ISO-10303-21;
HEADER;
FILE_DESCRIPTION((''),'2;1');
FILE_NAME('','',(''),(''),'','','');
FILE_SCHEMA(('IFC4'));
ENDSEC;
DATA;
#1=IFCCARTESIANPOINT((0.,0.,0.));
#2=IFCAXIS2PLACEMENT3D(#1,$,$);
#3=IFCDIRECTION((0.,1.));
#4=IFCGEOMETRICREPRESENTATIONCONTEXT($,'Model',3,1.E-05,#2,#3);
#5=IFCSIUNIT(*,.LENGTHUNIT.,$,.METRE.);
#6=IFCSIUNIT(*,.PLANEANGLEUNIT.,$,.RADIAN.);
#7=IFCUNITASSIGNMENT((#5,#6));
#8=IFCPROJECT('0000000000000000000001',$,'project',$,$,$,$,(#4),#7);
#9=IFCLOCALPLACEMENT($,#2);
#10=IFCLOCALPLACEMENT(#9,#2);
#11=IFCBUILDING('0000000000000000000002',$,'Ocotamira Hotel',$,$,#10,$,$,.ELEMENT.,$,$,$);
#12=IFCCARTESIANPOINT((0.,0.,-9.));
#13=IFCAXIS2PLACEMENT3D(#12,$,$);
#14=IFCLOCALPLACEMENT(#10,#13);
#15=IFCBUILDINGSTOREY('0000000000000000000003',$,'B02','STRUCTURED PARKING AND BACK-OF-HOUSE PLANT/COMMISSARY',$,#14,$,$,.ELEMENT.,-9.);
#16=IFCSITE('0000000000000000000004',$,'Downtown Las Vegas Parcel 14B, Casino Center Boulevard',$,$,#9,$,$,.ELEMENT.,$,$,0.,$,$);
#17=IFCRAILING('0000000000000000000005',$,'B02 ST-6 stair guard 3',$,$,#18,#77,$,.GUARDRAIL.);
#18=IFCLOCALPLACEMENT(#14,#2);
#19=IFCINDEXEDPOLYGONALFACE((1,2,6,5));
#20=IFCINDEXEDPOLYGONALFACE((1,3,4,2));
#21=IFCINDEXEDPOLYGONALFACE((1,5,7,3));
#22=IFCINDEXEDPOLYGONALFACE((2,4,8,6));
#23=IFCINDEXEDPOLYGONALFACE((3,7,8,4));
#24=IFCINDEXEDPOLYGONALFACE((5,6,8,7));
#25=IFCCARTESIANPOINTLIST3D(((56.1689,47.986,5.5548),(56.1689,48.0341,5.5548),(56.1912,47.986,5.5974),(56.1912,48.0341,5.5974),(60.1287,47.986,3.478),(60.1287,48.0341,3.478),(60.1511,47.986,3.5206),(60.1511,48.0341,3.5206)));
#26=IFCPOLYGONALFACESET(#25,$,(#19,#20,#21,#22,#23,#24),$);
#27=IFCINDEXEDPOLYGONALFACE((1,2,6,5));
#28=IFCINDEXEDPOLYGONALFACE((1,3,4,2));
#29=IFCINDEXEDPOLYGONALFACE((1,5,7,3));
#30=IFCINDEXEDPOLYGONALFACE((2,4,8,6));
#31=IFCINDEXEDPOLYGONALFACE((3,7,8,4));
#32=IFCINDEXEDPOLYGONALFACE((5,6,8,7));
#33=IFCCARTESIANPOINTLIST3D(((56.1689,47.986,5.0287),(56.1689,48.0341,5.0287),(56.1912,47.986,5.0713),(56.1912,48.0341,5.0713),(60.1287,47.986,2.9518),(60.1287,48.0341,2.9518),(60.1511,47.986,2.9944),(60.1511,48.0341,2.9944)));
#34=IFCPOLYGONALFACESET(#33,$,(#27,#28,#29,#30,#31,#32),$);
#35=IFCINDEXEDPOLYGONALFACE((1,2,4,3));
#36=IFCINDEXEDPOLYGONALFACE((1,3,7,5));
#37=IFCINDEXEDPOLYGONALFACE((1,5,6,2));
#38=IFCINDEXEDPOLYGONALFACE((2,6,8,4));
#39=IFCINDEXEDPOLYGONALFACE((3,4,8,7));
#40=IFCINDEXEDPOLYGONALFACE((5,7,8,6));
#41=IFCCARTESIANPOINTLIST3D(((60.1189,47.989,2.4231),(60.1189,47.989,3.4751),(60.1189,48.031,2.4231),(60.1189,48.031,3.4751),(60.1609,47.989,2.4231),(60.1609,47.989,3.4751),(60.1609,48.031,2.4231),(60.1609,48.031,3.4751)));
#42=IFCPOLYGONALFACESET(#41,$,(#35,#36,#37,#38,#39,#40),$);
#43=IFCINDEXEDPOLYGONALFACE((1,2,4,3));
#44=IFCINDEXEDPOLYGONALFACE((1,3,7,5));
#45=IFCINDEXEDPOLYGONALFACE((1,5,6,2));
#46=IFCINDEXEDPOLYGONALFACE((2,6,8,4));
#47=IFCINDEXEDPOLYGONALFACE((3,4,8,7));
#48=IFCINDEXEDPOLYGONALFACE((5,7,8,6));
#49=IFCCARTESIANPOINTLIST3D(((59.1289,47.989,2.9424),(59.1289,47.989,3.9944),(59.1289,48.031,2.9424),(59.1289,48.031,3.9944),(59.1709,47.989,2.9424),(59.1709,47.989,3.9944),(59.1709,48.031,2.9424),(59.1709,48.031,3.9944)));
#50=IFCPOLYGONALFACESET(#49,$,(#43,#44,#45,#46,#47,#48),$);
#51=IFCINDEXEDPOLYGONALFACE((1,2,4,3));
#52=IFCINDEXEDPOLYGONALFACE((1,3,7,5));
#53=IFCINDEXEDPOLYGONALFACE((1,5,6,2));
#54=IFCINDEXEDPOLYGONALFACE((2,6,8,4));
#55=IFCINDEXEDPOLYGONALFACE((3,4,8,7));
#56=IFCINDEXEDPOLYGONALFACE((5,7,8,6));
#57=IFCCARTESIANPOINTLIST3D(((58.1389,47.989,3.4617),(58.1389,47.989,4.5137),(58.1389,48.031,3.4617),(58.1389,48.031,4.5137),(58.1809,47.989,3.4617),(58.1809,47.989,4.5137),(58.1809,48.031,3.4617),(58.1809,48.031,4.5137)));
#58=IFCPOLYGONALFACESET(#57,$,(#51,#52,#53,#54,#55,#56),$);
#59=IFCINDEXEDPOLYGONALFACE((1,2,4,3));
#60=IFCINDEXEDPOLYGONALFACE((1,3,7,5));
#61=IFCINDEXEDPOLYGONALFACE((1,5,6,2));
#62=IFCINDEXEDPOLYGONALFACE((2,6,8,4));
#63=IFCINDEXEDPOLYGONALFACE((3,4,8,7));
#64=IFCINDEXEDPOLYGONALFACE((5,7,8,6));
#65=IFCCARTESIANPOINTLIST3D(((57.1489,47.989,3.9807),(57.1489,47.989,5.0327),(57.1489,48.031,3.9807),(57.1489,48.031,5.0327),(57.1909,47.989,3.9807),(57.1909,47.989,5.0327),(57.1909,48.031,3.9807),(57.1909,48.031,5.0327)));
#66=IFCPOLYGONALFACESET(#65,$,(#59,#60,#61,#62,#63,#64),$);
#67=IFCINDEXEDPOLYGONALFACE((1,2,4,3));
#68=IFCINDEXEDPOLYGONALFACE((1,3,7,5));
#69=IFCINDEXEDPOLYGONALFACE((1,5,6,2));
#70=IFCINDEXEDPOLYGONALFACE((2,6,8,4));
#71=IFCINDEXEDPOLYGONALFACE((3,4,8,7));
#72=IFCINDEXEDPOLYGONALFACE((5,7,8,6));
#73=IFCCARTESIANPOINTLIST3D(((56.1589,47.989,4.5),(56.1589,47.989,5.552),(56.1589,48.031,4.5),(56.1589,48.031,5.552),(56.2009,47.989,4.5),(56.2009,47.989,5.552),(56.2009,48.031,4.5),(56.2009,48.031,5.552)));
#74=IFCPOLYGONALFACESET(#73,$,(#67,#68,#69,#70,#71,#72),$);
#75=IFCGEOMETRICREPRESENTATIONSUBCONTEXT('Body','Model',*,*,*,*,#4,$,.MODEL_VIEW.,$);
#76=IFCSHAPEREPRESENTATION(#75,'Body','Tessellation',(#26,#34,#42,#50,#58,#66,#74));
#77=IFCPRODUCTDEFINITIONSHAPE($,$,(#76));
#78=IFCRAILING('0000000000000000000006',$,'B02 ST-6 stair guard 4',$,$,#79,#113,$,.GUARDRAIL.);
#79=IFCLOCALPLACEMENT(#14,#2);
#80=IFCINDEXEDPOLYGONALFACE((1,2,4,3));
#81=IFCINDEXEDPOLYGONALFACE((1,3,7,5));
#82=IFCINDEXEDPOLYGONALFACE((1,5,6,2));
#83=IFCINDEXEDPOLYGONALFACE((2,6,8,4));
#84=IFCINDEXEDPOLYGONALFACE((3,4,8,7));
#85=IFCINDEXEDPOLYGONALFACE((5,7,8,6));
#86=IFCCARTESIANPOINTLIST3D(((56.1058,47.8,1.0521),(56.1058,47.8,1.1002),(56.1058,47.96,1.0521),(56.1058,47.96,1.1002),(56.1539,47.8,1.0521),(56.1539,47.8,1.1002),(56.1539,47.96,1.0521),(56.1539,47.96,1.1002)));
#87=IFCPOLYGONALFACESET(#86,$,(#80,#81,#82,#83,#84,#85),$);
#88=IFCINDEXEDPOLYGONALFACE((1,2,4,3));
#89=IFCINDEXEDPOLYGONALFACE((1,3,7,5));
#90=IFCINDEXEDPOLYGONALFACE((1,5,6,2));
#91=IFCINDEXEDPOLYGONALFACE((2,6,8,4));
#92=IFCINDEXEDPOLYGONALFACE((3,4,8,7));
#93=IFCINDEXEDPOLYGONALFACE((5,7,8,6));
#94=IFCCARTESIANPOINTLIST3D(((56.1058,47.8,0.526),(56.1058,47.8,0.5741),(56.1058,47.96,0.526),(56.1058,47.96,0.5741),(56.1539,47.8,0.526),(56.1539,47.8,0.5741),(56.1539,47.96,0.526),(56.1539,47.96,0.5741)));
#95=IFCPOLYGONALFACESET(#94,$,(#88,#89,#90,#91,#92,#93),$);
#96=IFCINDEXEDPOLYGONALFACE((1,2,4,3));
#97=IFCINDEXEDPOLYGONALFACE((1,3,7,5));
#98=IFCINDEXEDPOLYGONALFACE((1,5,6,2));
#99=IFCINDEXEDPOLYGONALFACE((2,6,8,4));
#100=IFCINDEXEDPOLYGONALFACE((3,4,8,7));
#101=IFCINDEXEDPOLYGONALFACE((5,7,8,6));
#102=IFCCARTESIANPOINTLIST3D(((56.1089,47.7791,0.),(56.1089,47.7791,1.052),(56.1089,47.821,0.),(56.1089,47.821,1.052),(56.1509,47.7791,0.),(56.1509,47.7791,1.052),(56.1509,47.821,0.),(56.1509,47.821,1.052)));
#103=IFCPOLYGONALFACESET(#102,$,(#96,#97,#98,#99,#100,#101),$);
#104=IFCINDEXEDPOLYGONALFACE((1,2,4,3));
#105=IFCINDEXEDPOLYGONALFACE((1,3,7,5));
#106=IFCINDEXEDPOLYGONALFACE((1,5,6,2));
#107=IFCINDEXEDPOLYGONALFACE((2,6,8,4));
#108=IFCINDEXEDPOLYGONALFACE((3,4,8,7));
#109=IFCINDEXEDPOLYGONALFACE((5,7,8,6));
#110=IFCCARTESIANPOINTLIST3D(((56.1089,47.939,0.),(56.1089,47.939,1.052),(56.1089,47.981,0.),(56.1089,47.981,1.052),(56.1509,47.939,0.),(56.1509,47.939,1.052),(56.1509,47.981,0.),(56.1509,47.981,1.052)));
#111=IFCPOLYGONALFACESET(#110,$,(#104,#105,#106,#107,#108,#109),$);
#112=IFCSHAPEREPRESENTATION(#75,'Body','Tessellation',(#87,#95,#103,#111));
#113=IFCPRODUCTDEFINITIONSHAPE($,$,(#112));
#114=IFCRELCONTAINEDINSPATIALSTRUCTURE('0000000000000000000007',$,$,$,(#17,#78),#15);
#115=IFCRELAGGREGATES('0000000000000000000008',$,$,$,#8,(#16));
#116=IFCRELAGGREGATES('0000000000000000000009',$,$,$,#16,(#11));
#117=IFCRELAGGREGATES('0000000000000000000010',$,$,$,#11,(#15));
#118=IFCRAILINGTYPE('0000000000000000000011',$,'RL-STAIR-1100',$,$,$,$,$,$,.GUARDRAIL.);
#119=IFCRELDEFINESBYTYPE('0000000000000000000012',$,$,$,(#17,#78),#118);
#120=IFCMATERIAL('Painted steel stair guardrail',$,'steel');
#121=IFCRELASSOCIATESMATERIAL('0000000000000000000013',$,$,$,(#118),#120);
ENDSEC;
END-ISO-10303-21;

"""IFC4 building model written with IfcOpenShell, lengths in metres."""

from ifc_helpers import new_model, si_unit, direction, frame, origin, origin_2d, place, context, subcontext, project, spatial, rectangle, extrude, material, type_object, element, save


model = new_model("IFC4")

# Units and contexts
model_context = context("Model", 3, precision=1e-05, world=origin(), true_north=direction((0.0, 1.0)))
body_context = subcontext(model_context, "Body", "Model", "MODEL_VIEW")
ifc_project = project(units=[si_unit("LENGTHUNIT", "METRE"), si_unit("PLANEANGLEUNIT", "RADIAN")], contexts=[model_context])

# Site, building, storey
site_placement = place(None, origin())
site = spatial("IfcSite", under=ifc_project, at=site_placement, Name="Downtown Las Vegas Parcel 14B, Casino Center Boulevard", CompositionType="ELEMENT", RefElevation=0.0)
building_placement = place(site_placement, origin())
building = spatial("IfcBuilding", under=site, at=building_placement, Name="Ocotamira Hotel", CompositionType="ELEMENT")
storey_placement = place(building_placement, frame((0.0, 0.0, -9.0)))
storey = spatial("IfcBuildingStorey", under=building, at=storey_placement, Name="B02", Description="STRUCTURED PARKING AND BACK-OF-HOUSE PLANT/COMMISSARY", CompositionType="ELEMENT", Elevation=-9.0)

# Railings
ifc_material_1 = material(Name="Painted steel stair guardrail", Category="steel")
railing_type_1 = type_object("IfcRailingType", Name="RL-STAIR-1100", PredefinedType="GUARDRAIL", material=ifc_material_1)
railing_1_placement = place(storey_placement, frame((60.1399, 48.01, 2.4231)))
element("IfcRailing", 1, at=railing_1_placement, inside=storey, type_object=railing_type_1, Name="B02 ST-6 stair guard 3", PredefinedType="GUARDRAIL", context=body_context, shape_type="SweptSolid", body=[
    extrude(rectangle(XDim=0.0481, YDim=0.0481, at=origin_2d()), frame((0.0, 0.0, 1.0762), z_axis=(-0.885589, 0.0, 0.46447), x_axis=(0.0, -1.0, 0.0)), (0.0, 0.0, 1.0), 4.4714),
    extrude(rectangle(XDim=0.0481, YDim=0.0481, at=origin_2d()), frame((0.0, 0.0, 0.55), z_axis=(-0.885589, 0.0, 0.46447), x_axis=(0.0, -1.0, 0.0)), (0.0, 0.0, 1.0), 4.4714),
    extrude(rectangle(XDim=0.042, YDim=0.042, at=origin_2d()), origin(), (0.0, 0.0, 1.0), 1.052),
    extrude(rectangle(XDim=0.042, YDim=0.042, at=origin_2d()), frame((-0.99, 0.0, 0.5193)), (0.0, 0.0, 1.0), 1.052),
    extrude(rectangle(XDim=0.042, YDim=0.042, at=origin_2d()), frame((-1.98, 0.0, 1.0386)), (0.0, 0.0, 1.0), 1.052),
    extrude(rectangle(XDim=0.042, YDim=0.042, at=origin_2d()), frame((-2.97, 0.0, 1.5576)), (0.0, 0.0, 1.0), 1.052),
    extrude(rectangle(XDim=0.042, YDim=0.042, at=origin_2d()), frame((-3.96, 0.0, 2.0769)), (0.0, 0.0, 1.0), 1.052),
])
railing_2_placement = place(storey_placement, frame((56.1299, 47.8, 0.0)))
element("IfcRailing", 2, at=railing_2_placement, inside=storey, type_object=railing_type_1, Name="B02 ST-6 stair guard 4", PredefinedType="GUARDRAIL", context=body_context, shape_type="SweptSolid", body=[
    extrude(rectangle(XDim=0.0481, YDim=0.0481, at=origin_2d()), frame((0.0, 0.0, 1.0762), z_axis=(0.0, 1.0, 0.0), x_axis=(-1.0, 0.0, 0.0)), (0.0, 0.0, 1.0), 0.1599),
    extrude(rectangle(XDim=0.0481, YDim=0.0481, at=origin_2d()), frame((0.0, 0.0, 0.55), z_axis=(0.0, 1.0, 0.0), x_axis=(-1.0, 0.0, 0.0)), (0.0, 0.0, 1.0), 0.1599),
    extrude(rectangle(XDim=0.042, YDim=0.042, at=origin_2d()), origin(), (0.0, 0.0, 1.0), 1.052),
    extrude(rectangle(XDim=0.042, YDim=0.042, at=origin_2d()), frame((0.0, 0.1599, 0.0)), (0.0, 0.0, 1.0), 1.052),
])

save(model, "model.ifc")
